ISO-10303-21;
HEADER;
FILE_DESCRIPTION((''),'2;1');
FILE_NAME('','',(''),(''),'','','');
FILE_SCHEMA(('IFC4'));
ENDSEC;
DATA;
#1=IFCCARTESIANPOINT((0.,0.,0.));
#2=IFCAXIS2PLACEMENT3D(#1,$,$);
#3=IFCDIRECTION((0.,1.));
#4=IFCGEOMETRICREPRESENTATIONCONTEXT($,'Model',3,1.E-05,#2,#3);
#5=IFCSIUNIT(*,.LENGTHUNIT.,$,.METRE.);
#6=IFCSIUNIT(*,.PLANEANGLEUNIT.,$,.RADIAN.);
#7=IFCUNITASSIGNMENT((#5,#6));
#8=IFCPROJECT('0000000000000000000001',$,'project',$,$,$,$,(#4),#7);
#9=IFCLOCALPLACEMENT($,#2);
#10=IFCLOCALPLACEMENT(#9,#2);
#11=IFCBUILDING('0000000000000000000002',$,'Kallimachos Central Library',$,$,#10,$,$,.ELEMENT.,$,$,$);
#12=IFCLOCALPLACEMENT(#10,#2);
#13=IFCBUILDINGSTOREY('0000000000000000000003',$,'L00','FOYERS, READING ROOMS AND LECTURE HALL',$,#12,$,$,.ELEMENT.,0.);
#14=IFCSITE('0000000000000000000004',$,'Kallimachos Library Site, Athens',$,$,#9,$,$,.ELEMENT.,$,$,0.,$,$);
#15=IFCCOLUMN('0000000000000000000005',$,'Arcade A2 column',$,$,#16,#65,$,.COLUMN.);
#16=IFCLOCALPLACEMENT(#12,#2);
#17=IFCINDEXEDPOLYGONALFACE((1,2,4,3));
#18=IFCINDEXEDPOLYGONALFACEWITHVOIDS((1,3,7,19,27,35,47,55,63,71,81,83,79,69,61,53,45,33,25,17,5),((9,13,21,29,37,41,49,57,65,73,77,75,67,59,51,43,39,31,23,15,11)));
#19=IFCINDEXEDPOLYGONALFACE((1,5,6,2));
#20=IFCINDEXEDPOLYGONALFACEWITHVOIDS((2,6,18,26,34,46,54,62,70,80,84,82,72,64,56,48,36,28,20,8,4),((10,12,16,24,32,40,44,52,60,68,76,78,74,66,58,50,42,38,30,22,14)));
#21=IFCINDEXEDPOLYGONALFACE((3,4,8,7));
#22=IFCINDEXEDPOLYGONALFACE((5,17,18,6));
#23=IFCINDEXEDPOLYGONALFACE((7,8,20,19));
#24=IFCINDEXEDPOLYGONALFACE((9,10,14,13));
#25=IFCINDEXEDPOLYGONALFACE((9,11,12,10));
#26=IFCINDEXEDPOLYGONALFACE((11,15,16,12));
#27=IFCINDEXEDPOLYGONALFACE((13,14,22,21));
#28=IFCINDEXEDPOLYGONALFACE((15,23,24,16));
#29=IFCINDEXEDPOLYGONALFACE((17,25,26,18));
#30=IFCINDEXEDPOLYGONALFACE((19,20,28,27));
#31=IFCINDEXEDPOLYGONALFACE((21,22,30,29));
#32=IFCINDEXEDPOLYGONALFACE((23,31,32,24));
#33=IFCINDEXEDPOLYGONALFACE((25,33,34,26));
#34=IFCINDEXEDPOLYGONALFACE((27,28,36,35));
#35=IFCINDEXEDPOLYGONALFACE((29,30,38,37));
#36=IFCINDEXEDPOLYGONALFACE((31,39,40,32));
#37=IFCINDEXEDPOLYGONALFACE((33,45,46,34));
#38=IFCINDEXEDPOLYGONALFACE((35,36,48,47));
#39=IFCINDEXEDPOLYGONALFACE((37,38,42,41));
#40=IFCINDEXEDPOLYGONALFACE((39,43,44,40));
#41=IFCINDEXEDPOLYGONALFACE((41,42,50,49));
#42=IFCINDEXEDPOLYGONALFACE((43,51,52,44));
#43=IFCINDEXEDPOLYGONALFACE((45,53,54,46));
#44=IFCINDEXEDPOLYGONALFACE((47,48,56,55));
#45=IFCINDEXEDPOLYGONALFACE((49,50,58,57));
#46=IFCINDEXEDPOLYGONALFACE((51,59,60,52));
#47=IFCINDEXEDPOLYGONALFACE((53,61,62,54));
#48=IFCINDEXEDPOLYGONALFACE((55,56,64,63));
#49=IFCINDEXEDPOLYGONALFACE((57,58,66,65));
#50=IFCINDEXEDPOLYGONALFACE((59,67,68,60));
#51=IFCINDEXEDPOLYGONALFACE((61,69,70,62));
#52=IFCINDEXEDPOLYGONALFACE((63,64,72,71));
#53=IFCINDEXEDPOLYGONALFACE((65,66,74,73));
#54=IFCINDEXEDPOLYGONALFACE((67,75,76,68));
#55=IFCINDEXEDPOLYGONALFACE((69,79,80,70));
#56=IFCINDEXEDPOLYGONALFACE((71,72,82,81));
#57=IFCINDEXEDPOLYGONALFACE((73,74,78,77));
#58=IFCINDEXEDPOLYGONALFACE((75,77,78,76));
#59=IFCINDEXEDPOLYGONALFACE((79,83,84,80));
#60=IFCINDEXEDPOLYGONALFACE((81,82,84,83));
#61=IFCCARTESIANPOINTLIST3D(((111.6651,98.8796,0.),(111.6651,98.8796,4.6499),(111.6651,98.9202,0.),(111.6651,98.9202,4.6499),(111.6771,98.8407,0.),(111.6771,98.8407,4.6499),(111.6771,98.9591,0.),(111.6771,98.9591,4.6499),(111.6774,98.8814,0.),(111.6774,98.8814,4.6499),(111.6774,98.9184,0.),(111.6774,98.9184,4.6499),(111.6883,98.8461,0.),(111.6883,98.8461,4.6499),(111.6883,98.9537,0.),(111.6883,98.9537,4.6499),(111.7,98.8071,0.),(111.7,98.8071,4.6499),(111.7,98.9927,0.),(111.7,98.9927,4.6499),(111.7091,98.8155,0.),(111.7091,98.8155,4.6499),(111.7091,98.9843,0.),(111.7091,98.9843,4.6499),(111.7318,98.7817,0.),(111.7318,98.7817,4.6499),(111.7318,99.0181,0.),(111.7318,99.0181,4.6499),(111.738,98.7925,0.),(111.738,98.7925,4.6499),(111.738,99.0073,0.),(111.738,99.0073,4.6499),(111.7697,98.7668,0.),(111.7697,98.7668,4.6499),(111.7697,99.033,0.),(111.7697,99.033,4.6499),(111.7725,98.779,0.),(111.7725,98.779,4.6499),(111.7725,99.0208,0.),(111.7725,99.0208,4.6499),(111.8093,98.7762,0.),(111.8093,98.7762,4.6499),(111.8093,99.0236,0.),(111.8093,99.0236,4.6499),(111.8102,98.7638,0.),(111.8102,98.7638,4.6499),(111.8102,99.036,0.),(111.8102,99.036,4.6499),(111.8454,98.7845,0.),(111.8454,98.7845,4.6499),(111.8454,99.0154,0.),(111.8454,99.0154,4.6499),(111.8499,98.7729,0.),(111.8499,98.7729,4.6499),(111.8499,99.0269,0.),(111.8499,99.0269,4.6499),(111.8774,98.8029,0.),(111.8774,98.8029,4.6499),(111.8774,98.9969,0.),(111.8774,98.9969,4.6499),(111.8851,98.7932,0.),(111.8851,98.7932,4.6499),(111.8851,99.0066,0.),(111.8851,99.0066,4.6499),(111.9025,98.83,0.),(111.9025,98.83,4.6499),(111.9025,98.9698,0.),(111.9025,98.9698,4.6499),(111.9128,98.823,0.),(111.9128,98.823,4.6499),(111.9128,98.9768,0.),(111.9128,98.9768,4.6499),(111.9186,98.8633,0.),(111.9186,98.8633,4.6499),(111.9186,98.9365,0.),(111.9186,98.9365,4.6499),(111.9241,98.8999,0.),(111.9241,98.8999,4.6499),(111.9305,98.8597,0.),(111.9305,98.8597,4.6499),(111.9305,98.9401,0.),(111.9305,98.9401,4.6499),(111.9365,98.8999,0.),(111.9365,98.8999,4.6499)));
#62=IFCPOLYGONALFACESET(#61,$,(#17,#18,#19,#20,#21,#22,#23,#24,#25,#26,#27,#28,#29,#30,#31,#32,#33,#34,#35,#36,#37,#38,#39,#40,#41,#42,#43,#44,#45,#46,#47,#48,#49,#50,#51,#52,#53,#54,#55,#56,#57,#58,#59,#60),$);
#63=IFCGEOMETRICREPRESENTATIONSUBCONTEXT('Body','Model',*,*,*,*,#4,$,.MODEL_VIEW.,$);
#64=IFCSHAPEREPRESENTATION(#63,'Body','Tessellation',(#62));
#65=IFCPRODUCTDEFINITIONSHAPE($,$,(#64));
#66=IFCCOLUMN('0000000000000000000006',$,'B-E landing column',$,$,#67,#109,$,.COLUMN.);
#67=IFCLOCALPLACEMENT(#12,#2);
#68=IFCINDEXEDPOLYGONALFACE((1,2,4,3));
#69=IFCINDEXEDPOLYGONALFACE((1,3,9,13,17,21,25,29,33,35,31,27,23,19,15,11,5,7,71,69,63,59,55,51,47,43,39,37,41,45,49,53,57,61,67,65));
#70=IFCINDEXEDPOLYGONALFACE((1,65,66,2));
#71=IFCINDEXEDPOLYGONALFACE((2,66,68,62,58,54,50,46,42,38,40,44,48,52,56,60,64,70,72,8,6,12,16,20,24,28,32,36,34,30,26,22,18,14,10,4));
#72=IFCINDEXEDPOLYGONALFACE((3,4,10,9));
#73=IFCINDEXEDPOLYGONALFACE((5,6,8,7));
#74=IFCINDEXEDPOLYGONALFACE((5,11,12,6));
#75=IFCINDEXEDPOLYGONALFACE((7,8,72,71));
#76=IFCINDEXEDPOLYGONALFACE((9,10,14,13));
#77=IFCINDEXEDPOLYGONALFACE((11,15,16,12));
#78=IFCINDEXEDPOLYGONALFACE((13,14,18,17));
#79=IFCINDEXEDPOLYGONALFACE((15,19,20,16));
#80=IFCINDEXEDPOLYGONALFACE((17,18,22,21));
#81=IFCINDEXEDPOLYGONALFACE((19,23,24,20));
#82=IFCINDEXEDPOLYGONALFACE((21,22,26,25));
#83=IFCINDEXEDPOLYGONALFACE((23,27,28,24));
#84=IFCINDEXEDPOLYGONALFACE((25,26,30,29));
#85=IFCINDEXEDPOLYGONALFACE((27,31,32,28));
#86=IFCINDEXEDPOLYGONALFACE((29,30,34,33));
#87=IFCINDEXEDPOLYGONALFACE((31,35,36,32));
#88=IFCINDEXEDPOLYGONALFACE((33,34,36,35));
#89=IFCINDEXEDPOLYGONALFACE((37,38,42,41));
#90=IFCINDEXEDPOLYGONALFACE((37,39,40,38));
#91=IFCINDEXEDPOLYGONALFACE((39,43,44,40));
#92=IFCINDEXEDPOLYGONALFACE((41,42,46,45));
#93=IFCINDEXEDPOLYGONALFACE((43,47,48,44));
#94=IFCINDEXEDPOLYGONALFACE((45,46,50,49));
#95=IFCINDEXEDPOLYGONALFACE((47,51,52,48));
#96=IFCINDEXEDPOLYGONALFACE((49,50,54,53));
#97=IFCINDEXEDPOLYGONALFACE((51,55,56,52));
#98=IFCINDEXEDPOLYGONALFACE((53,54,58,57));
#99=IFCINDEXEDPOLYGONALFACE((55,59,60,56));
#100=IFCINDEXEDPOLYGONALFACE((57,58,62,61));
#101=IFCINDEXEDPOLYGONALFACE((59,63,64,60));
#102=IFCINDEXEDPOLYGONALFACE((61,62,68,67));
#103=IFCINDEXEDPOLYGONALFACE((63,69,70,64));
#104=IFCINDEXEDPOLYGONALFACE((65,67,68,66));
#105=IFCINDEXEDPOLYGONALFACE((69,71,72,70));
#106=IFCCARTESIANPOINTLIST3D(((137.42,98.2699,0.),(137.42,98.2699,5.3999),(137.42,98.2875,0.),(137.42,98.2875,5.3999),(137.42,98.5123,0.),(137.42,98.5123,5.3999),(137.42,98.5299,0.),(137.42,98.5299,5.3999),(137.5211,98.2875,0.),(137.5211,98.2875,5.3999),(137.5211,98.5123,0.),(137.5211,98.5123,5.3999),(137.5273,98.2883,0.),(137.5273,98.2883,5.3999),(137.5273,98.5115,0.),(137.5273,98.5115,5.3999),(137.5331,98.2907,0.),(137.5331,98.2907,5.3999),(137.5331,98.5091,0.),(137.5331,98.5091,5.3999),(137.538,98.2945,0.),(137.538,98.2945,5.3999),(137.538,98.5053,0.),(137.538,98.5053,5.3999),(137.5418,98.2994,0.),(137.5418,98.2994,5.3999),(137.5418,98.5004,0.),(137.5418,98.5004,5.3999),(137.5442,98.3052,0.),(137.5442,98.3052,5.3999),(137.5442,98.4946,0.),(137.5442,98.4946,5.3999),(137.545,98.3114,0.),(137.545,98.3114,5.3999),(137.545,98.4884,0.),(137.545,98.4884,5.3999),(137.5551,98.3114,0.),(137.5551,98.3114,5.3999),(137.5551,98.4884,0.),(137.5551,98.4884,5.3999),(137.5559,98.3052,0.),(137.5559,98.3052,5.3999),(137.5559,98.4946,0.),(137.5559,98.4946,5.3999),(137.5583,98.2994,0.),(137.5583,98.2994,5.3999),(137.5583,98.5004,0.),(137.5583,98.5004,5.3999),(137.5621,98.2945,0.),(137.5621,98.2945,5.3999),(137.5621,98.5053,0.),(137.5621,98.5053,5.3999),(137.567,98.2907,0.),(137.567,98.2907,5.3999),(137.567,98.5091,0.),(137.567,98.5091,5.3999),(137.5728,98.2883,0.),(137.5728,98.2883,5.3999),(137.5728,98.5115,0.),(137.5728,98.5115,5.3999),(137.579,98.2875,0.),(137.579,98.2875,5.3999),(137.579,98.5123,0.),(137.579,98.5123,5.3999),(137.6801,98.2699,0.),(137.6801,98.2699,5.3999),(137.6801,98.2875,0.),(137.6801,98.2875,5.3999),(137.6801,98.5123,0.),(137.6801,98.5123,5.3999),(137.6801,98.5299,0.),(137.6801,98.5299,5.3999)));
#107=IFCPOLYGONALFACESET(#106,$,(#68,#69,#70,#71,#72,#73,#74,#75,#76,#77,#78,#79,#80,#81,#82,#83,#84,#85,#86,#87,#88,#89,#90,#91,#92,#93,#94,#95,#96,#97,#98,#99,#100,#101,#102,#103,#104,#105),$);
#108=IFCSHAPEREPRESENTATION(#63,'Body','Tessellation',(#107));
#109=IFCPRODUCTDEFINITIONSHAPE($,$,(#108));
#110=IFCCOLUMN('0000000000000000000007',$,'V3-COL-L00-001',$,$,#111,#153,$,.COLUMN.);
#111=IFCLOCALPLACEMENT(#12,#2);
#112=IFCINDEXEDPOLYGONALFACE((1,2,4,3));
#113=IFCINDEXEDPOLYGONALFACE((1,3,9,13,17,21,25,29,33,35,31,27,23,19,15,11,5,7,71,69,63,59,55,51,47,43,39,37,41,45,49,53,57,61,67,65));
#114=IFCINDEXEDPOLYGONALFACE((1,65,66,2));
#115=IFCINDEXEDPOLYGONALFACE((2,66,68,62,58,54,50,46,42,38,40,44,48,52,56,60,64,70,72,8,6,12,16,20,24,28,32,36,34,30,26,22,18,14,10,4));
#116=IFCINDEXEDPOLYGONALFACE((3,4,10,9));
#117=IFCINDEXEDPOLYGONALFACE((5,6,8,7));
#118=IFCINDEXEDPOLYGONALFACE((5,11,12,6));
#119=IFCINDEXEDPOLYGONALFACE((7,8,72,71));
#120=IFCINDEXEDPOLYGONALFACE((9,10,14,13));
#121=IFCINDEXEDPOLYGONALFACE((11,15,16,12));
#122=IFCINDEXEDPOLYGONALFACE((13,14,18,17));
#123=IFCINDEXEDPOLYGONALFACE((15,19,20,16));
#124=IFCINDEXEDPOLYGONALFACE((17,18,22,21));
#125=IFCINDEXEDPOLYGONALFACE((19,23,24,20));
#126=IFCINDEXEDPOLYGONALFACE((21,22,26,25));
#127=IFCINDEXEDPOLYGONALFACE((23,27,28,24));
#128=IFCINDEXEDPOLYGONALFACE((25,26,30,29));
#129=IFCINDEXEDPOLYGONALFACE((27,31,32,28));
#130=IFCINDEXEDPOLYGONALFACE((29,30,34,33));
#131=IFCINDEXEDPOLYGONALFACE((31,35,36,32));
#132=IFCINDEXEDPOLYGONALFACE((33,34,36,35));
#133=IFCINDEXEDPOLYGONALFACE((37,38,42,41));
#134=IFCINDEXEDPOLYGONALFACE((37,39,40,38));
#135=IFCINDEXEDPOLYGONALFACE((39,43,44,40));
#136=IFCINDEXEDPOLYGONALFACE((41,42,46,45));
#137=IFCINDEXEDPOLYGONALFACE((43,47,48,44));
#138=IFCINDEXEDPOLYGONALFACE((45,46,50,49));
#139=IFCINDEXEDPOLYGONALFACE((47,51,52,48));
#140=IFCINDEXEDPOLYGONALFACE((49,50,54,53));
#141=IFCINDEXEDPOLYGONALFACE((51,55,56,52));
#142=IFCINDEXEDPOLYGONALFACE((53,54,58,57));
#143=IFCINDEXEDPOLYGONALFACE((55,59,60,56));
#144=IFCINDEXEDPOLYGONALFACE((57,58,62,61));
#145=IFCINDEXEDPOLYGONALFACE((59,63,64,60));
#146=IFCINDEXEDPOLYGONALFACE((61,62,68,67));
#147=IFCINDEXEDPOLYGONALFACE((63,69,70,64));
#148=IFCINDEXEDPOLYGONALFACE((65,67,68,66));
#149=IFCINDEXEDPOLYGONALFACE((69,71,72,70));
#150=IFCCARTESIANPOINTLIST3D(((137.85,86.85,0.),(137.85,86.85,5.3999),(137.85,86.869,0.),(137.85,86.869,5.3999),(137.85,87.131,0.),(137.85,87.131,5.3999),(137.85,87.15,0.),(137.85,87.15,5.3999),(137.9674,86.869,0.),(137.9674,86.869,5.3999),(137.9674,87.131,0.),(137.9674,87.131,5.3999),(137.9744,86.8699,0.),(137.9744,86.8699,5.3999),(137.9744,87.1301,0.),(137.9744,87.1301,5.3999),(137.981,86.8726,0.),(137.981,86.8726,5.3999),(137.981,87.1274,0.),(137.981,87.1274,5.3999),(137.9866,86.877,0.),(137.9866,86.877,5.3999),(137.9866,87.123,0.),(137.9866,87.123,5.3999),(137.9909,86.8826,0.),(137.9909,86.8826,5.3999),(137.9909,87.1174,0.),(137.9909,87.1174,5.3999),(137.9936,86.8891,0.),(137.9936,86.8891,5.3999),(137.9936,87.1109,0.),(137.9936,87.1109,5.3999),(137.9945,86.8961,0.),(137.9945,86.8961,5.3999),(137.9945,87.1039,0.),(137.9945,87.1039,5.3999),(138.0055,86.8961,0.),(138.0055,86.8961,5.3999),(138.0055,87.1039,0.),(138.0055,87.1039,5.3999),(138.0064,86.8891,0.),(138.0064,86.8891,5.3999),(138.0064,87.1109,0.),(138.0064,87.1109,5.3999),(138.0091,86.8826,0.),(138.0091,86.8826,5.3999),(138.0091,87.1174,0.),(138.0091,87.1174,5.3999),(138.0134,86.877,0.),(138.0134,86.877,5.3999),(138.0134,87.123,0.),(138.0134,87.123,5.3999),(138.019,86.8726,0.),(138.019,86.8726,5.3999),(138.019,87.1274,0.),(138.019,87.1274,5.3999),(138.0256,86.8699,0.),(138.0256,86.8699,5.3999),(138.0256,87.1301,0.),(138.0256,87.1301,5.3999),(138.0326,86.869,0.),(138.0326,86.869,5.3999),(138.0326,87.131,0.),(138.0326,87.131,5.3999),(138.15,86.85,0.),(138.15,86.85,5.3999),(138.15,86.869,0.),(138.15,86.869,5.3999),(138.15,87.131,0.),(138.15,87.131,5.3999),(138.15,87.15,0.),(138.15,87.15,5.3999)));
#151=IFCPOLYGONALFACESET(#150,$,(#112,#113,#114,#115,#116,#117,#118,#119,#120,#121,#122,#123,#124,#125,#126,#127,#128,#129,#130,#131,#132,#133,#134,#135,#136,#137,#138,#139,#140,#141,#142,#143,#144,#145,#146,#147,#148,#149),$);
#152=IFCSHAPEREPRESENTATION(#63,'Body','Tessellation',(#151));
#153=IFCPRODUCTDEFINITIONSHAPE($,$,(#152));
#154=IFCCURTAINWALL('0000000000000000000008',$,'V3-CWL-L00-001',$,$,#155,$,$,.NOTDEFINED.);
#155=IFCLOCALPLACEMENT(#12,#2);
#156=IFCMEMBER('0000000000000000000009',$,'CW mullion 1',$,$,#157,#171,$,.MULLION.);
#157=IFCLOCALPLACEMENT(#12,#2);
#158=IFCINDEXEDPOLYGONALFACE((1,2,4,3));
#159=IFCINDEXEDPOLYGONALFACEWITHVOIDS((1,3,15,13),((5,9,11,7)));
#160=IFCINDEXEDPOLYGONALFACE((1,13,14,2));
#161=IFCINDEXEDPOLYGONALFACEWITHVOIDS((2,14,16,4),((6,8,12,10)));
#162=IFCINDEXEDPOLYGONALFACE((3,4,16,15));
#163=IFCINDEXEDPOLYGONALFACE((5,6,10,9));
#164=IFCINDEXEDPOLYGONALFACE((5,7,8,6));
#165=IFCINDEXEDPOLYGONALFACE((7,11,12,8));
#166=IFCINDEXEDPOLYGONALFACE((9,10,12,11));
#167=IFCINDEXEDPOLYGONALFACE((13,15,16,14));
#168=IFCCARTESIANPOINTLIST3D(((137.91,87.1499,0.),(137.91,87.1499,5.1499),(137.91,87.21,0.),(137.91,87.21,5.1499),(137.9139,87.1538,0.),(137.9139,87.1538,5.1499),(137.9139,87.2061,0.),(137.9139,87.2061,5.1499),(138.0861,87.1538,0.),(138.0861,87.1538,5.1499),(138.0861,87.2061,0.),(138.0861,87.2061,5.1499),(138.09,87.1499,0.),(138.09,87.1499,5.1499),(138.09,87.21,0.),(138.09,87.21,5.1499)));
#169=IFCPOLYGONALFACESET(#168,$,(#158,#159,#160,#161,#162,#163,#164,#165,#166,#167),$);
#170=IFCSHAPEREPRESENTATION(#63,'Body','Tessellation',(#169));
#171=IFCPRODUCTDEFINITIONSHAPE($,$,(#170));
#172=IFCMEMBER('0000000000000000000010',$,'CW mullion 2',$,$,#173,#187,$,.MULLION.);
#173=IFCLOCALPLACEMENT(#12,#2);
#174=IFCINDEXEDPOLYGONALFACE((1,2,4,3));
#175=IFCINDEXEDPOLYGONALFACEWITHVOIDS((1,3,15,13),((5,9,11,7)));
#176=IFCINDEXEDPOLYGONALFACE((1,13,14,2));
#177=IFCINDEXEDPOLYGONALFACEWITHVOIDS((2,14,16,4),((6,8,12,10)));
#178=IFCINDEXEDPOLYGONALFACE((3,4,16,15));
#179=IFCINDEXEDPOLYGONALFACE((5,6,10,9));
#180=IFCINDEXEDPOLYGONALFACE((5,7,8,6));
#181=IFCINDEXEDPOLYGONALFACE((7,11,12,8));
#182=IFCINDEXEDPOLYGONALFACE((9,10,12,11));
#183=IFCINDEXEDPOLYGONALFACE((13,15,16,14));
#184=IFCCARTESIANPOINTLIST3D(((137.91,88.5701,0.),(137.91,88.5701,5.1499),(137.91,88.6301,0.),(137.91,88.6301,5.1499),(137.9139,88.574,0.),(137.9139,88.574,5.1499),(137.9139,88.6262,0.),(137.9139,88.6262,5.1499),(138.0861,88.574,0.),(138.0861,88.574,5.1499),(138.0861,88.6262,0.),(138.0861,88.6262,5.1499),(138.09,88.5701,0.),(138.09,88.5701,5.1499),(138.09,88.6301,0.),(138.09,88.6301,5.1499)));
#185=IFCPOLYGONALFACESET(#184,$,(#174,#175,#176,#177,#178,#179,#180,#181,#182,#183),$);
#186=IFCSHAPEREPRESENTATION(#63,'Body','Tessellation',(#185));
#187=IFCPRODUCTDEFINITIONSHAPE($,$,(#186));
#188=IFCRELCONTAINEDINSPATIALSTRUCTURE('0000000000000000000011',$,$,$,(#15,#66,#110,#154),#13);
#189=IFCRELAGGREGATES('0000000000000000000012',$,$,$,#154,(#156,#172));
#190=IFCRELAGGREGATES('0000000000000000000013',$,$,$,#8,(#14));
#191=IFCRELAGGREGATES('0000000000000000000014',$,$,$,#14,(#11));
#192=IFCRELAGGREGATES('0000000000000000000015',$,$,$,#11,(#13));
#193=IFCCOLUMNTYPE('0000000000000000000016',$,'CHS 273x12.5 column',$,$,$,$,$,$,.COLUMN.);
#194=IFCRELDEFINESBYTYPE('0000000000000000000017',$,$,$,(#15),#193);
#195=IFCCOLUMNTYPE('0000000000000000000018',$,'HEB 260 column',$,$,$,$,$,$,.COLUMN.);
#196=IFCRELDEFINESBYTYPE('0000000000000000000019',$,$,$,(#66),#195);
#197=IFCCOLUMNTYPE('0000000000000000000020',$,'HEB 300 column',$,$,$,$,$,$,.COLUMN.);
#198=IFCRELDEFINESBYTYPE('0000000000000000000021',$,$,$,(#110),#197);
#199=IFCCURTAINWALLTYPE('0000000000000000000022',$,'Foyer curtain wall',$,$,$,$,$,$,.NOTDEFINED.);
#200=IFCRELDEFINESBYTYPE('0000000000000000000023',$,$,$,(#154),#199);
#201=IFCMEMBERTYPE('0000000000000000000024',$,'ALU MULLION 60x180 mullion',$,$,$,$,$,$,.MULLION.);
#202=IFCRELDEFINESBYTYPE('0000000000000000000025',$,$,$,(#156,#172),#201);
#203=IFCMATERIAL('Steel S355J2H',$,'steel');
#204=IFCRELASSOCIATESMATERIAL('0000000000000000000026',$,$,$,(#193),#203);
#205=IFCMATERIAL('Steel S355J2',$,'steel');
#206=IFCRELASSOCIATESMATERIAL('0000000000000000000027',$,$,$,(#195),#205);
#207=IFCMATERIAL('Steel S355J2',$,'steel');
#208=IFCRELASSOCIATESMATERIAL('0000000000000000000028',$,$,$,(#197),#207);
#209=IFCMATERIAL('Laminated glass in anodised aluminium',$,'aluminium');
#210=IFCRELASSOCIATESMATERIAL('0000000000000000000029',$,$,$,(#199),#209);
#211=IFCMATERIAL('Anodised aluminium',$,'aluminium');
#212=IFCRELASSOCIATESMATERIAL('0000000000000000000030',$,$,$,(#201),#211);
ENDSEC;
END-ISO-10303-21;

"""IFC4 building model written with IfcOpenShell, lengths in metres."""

from ifc_helpers import new_model, si_unit, direction, frame, origin, origin_2d, place, context, subcontext, project, spatial, hollow_rectangle, hollow_circle, i_section, extrude, material, material_profile, profile_set, type_object, element, aggregate, save


model = new_model("IFC4")

# Units and contexts
model_context = context("Model", 3, precision=1e-05, world=origin(), true_north=direction((0.0, 1.0)))
body_context = subcontext(model_context, "Body", "Model", "MODEL_VIEW")
ifc_project = project(units=[si_unit("LENGTHUNIT", "METRE"), si_unit("PLANEANGLEUNIT", "RADIAN")], contexts=[model_context])

# Site, building, storey
site_placement = place(None, origin())
site = spatial("IfcSite", under=ifc_project, at=site_placement, Name="Kallimachos Library Site, Athens", CompositionType="ELEMENT", RefElevation=0.0)
building_placement = place(site_placement, origin())
building = spatial("IfcBuilding", under=site, at=building_placement, Name="Kallimachos Central Library", CompositionType="ELEMENT")
storey_placement = place(building_placement, origin())
storey = spatial("IfcBuildingStorey", under=building, at=storey_placement, Name="L00", Description="FOYERS, READING ROOMS AND LECTURE HALL", CompositionType="ELEMENT", Elevation=0.0)

# Columns
ifc_material_1 = material(Name="Steel S355J2H", Category="steel")
ifc_material_profile_1 = material_profile(ifc_material_1, hollow_circle(Radius=0.1365, WallThickness=0.0125, at=origin_2d()), Name="CHS 273x12.5")
ifc_profile_set_1 = profile_set([ifc_material_profile_1], Name="Steel S355J2H")
column_type_1 = type_object("IfcColumnType", Name="CHS 273x12.5 column", PredefinedType="COLUMN", material=ifc_profile_set_1)
column_1_placement = place(storey_placement, frame((111.8, 98.8999, 0.0), z_axis=(0.0, 0.0, 1.0), x_axis=(1.0, 0.0, 0.0)))
element("IfcColumn", 1, at=column_1_placement, inside=storey, type_object=column_type_1, Name="Arcade A2 column", PredefinedType="COLUMN", context=body_context, shape_type="SweptSolid", body=[
    extrude(hollow_circle(Radius=0.1365, WallThickness=0.0125, at=origin_2d()), origin(), (0.0, 0.0, 1.0), 4.6499),
])
ifc_material_2 = material(Name="Steel S355J2", Category="steel")
ifc_material_profile_2 = material_profile(ifc_material_2, i_section(OverallWidth=0.26, OverallDepth=0.26, WebThickness=0.01, FlangeThickness=0.0176, FilletRadius=0.0239, at=origin_2d()), Name="HEB 260")
ifc_profile_set_2 = profile_set([ifc_material_profile_2], Name="Steel S355J2")
column_type_2 = type_object("IfcColumnType", Name="HEB 260 column", PredefinedType="COLUMN", material=ifc_profile_set_2)
column_2_placement = place(storey_placement, frame((137.55, 98.3999, 0.0), z_axis=(0.0, 0.0, 1.0), x_axis=(1.0, 0.0, 0.0)))
element("IfcColumn", 2, at=column_2_placement, inside=storey, type_object=column_type_2, Name="B-E landing column", PredefinedType="COLUMN", context=body_context, shape_type="SweptSolid", body=[
    extrude(i_section(OverallWidth=0.26, OverallDepth=0.26, WebThickness=0.01, FlangeThickness=0.0176, FilletRadius=0.0239, at=origin_2d()), origin(), (0.0, 0.0, 1.0), 5.3999),
])
ifc_material_3 = material(Name="Steel S355J2", Category="steel")
ifc_material_profile_3 = material_profile(ifc_material_3, i_section(OverallWidth=0.3, OverallDepth=0.3, WebThickness=0.011, FlangeThickness=0.019, FilletRadius=0.0271, at=origin_2d()), Name="HEB 300")
ifc_profile_set_3 = profile_set([ifc_material_profile_3], Name="Steel S355J2")
column_type_3 = type_object("IfcColumnType", Name="HEB 300 column", PredefinedType="COLUMN", material=ifc_profile_set_3)
column_3_placement = place(storey_placement, frame((138.0, 87.0, 0.0), z_axis=(0.0, 0.0, 1.0), x_axis=(1.0, 0.0, 0.0)))
element("IfcColumn", 3, at=column_3_placement, inside=storey, type_object=column_type_3, Name="V3-COL-L00-001", PredefinedType="COLUMN", context=body_context, shape_type="SweptSolid", body=[
    extrude(i_section(OverallWidth=0.3, OverallDepth=0.3, WebThickness=0.011, FlangeThickness=0.019, FilletRadius=0.0271, at=origin_2d()), origin(), (0.0, 0.0, 1.0), 5.3999),
])

# Curtain wall, members
ifc_material_4 = material(Name="Laminated glass in anodised aluminium", Category="aluminium")
curtain_wall_type = type_object("IfcCurtainWallType", Name="Foyer curtain wall", PredefinedType="NOTDEFINED", material=ifc_material_4)
curtain_wall_placement = place(storey_placement, origin())
curtain_wall = element("IfcCurtainWall", 4, at=curtain_wall_placement, inside=storey, type_object=curtain_wall_type, Name="V3-CWL-L00-001", PredefinedType="NOTDEFINED")
ifc_material_5 = material(Name="Anodised aluminium", Category="aluminium")
ifc_material_profile_4 = material_profile(ifc_material_5, hollow_rectangle(XDim=0.0601, YDim=0.1799, WallThickness=0.0039, at=origin_2d()), Name="ALU MULLION 60x180")
ifc_profile_set_4 = profile_set([ifc_material_profile_4], Name="Anodised aluminium")
member_type_1 = type_object("IfcMemberType", Name="ALU MULLION 60x180 mullion", PredefinedType="MULLION", material=ifc_profile_set_4)
member_1_placement = place(storey_placement, frame((138.0, 87.1799, 0.0), z_axis=(0.0, 0.0, 1.0), x_axis=(0.0, 1.0, 0.0)))
member_1 = element("IfcMember", 5, at=member_1_placement, type_object=member_type_1, Name="CW mullion 1", PredefinedType="MULLION", context=body_context, shape_type="SweptSolid", body=[
    extrude(hollow_rectangle(XDim=0.0601, YDim=0.1799, WallThickness=0.0039, at=origin_2d()), origin(), (0.0, 0.0, 1.0), 5.1499),
])
member_2_placement = place(storey_placement, frame((138.0, 88.6001, 0.0), z_axis=(0.0, 0.0, 1.0), x_axis=(0.0, 1.0, 0.0)))
member_2 = element("IfcMember", 6, at=member_2_placement, type_object=member_type_1, Name="CW mullion 2", PredefinedType="MULLION", context=body_context, shape_type="SweptSolid", body=[
    extrude(hollow_rectangle(XDim=0.0601, YDim=0.1799, WallThickness=0.0039, at=origin_2d()), origin(), (0.0, 0.0, 1.0), 5.1499),
])
aggregate(curtain_wall, [member_1, member_2])

save(model, "model.ifc")
